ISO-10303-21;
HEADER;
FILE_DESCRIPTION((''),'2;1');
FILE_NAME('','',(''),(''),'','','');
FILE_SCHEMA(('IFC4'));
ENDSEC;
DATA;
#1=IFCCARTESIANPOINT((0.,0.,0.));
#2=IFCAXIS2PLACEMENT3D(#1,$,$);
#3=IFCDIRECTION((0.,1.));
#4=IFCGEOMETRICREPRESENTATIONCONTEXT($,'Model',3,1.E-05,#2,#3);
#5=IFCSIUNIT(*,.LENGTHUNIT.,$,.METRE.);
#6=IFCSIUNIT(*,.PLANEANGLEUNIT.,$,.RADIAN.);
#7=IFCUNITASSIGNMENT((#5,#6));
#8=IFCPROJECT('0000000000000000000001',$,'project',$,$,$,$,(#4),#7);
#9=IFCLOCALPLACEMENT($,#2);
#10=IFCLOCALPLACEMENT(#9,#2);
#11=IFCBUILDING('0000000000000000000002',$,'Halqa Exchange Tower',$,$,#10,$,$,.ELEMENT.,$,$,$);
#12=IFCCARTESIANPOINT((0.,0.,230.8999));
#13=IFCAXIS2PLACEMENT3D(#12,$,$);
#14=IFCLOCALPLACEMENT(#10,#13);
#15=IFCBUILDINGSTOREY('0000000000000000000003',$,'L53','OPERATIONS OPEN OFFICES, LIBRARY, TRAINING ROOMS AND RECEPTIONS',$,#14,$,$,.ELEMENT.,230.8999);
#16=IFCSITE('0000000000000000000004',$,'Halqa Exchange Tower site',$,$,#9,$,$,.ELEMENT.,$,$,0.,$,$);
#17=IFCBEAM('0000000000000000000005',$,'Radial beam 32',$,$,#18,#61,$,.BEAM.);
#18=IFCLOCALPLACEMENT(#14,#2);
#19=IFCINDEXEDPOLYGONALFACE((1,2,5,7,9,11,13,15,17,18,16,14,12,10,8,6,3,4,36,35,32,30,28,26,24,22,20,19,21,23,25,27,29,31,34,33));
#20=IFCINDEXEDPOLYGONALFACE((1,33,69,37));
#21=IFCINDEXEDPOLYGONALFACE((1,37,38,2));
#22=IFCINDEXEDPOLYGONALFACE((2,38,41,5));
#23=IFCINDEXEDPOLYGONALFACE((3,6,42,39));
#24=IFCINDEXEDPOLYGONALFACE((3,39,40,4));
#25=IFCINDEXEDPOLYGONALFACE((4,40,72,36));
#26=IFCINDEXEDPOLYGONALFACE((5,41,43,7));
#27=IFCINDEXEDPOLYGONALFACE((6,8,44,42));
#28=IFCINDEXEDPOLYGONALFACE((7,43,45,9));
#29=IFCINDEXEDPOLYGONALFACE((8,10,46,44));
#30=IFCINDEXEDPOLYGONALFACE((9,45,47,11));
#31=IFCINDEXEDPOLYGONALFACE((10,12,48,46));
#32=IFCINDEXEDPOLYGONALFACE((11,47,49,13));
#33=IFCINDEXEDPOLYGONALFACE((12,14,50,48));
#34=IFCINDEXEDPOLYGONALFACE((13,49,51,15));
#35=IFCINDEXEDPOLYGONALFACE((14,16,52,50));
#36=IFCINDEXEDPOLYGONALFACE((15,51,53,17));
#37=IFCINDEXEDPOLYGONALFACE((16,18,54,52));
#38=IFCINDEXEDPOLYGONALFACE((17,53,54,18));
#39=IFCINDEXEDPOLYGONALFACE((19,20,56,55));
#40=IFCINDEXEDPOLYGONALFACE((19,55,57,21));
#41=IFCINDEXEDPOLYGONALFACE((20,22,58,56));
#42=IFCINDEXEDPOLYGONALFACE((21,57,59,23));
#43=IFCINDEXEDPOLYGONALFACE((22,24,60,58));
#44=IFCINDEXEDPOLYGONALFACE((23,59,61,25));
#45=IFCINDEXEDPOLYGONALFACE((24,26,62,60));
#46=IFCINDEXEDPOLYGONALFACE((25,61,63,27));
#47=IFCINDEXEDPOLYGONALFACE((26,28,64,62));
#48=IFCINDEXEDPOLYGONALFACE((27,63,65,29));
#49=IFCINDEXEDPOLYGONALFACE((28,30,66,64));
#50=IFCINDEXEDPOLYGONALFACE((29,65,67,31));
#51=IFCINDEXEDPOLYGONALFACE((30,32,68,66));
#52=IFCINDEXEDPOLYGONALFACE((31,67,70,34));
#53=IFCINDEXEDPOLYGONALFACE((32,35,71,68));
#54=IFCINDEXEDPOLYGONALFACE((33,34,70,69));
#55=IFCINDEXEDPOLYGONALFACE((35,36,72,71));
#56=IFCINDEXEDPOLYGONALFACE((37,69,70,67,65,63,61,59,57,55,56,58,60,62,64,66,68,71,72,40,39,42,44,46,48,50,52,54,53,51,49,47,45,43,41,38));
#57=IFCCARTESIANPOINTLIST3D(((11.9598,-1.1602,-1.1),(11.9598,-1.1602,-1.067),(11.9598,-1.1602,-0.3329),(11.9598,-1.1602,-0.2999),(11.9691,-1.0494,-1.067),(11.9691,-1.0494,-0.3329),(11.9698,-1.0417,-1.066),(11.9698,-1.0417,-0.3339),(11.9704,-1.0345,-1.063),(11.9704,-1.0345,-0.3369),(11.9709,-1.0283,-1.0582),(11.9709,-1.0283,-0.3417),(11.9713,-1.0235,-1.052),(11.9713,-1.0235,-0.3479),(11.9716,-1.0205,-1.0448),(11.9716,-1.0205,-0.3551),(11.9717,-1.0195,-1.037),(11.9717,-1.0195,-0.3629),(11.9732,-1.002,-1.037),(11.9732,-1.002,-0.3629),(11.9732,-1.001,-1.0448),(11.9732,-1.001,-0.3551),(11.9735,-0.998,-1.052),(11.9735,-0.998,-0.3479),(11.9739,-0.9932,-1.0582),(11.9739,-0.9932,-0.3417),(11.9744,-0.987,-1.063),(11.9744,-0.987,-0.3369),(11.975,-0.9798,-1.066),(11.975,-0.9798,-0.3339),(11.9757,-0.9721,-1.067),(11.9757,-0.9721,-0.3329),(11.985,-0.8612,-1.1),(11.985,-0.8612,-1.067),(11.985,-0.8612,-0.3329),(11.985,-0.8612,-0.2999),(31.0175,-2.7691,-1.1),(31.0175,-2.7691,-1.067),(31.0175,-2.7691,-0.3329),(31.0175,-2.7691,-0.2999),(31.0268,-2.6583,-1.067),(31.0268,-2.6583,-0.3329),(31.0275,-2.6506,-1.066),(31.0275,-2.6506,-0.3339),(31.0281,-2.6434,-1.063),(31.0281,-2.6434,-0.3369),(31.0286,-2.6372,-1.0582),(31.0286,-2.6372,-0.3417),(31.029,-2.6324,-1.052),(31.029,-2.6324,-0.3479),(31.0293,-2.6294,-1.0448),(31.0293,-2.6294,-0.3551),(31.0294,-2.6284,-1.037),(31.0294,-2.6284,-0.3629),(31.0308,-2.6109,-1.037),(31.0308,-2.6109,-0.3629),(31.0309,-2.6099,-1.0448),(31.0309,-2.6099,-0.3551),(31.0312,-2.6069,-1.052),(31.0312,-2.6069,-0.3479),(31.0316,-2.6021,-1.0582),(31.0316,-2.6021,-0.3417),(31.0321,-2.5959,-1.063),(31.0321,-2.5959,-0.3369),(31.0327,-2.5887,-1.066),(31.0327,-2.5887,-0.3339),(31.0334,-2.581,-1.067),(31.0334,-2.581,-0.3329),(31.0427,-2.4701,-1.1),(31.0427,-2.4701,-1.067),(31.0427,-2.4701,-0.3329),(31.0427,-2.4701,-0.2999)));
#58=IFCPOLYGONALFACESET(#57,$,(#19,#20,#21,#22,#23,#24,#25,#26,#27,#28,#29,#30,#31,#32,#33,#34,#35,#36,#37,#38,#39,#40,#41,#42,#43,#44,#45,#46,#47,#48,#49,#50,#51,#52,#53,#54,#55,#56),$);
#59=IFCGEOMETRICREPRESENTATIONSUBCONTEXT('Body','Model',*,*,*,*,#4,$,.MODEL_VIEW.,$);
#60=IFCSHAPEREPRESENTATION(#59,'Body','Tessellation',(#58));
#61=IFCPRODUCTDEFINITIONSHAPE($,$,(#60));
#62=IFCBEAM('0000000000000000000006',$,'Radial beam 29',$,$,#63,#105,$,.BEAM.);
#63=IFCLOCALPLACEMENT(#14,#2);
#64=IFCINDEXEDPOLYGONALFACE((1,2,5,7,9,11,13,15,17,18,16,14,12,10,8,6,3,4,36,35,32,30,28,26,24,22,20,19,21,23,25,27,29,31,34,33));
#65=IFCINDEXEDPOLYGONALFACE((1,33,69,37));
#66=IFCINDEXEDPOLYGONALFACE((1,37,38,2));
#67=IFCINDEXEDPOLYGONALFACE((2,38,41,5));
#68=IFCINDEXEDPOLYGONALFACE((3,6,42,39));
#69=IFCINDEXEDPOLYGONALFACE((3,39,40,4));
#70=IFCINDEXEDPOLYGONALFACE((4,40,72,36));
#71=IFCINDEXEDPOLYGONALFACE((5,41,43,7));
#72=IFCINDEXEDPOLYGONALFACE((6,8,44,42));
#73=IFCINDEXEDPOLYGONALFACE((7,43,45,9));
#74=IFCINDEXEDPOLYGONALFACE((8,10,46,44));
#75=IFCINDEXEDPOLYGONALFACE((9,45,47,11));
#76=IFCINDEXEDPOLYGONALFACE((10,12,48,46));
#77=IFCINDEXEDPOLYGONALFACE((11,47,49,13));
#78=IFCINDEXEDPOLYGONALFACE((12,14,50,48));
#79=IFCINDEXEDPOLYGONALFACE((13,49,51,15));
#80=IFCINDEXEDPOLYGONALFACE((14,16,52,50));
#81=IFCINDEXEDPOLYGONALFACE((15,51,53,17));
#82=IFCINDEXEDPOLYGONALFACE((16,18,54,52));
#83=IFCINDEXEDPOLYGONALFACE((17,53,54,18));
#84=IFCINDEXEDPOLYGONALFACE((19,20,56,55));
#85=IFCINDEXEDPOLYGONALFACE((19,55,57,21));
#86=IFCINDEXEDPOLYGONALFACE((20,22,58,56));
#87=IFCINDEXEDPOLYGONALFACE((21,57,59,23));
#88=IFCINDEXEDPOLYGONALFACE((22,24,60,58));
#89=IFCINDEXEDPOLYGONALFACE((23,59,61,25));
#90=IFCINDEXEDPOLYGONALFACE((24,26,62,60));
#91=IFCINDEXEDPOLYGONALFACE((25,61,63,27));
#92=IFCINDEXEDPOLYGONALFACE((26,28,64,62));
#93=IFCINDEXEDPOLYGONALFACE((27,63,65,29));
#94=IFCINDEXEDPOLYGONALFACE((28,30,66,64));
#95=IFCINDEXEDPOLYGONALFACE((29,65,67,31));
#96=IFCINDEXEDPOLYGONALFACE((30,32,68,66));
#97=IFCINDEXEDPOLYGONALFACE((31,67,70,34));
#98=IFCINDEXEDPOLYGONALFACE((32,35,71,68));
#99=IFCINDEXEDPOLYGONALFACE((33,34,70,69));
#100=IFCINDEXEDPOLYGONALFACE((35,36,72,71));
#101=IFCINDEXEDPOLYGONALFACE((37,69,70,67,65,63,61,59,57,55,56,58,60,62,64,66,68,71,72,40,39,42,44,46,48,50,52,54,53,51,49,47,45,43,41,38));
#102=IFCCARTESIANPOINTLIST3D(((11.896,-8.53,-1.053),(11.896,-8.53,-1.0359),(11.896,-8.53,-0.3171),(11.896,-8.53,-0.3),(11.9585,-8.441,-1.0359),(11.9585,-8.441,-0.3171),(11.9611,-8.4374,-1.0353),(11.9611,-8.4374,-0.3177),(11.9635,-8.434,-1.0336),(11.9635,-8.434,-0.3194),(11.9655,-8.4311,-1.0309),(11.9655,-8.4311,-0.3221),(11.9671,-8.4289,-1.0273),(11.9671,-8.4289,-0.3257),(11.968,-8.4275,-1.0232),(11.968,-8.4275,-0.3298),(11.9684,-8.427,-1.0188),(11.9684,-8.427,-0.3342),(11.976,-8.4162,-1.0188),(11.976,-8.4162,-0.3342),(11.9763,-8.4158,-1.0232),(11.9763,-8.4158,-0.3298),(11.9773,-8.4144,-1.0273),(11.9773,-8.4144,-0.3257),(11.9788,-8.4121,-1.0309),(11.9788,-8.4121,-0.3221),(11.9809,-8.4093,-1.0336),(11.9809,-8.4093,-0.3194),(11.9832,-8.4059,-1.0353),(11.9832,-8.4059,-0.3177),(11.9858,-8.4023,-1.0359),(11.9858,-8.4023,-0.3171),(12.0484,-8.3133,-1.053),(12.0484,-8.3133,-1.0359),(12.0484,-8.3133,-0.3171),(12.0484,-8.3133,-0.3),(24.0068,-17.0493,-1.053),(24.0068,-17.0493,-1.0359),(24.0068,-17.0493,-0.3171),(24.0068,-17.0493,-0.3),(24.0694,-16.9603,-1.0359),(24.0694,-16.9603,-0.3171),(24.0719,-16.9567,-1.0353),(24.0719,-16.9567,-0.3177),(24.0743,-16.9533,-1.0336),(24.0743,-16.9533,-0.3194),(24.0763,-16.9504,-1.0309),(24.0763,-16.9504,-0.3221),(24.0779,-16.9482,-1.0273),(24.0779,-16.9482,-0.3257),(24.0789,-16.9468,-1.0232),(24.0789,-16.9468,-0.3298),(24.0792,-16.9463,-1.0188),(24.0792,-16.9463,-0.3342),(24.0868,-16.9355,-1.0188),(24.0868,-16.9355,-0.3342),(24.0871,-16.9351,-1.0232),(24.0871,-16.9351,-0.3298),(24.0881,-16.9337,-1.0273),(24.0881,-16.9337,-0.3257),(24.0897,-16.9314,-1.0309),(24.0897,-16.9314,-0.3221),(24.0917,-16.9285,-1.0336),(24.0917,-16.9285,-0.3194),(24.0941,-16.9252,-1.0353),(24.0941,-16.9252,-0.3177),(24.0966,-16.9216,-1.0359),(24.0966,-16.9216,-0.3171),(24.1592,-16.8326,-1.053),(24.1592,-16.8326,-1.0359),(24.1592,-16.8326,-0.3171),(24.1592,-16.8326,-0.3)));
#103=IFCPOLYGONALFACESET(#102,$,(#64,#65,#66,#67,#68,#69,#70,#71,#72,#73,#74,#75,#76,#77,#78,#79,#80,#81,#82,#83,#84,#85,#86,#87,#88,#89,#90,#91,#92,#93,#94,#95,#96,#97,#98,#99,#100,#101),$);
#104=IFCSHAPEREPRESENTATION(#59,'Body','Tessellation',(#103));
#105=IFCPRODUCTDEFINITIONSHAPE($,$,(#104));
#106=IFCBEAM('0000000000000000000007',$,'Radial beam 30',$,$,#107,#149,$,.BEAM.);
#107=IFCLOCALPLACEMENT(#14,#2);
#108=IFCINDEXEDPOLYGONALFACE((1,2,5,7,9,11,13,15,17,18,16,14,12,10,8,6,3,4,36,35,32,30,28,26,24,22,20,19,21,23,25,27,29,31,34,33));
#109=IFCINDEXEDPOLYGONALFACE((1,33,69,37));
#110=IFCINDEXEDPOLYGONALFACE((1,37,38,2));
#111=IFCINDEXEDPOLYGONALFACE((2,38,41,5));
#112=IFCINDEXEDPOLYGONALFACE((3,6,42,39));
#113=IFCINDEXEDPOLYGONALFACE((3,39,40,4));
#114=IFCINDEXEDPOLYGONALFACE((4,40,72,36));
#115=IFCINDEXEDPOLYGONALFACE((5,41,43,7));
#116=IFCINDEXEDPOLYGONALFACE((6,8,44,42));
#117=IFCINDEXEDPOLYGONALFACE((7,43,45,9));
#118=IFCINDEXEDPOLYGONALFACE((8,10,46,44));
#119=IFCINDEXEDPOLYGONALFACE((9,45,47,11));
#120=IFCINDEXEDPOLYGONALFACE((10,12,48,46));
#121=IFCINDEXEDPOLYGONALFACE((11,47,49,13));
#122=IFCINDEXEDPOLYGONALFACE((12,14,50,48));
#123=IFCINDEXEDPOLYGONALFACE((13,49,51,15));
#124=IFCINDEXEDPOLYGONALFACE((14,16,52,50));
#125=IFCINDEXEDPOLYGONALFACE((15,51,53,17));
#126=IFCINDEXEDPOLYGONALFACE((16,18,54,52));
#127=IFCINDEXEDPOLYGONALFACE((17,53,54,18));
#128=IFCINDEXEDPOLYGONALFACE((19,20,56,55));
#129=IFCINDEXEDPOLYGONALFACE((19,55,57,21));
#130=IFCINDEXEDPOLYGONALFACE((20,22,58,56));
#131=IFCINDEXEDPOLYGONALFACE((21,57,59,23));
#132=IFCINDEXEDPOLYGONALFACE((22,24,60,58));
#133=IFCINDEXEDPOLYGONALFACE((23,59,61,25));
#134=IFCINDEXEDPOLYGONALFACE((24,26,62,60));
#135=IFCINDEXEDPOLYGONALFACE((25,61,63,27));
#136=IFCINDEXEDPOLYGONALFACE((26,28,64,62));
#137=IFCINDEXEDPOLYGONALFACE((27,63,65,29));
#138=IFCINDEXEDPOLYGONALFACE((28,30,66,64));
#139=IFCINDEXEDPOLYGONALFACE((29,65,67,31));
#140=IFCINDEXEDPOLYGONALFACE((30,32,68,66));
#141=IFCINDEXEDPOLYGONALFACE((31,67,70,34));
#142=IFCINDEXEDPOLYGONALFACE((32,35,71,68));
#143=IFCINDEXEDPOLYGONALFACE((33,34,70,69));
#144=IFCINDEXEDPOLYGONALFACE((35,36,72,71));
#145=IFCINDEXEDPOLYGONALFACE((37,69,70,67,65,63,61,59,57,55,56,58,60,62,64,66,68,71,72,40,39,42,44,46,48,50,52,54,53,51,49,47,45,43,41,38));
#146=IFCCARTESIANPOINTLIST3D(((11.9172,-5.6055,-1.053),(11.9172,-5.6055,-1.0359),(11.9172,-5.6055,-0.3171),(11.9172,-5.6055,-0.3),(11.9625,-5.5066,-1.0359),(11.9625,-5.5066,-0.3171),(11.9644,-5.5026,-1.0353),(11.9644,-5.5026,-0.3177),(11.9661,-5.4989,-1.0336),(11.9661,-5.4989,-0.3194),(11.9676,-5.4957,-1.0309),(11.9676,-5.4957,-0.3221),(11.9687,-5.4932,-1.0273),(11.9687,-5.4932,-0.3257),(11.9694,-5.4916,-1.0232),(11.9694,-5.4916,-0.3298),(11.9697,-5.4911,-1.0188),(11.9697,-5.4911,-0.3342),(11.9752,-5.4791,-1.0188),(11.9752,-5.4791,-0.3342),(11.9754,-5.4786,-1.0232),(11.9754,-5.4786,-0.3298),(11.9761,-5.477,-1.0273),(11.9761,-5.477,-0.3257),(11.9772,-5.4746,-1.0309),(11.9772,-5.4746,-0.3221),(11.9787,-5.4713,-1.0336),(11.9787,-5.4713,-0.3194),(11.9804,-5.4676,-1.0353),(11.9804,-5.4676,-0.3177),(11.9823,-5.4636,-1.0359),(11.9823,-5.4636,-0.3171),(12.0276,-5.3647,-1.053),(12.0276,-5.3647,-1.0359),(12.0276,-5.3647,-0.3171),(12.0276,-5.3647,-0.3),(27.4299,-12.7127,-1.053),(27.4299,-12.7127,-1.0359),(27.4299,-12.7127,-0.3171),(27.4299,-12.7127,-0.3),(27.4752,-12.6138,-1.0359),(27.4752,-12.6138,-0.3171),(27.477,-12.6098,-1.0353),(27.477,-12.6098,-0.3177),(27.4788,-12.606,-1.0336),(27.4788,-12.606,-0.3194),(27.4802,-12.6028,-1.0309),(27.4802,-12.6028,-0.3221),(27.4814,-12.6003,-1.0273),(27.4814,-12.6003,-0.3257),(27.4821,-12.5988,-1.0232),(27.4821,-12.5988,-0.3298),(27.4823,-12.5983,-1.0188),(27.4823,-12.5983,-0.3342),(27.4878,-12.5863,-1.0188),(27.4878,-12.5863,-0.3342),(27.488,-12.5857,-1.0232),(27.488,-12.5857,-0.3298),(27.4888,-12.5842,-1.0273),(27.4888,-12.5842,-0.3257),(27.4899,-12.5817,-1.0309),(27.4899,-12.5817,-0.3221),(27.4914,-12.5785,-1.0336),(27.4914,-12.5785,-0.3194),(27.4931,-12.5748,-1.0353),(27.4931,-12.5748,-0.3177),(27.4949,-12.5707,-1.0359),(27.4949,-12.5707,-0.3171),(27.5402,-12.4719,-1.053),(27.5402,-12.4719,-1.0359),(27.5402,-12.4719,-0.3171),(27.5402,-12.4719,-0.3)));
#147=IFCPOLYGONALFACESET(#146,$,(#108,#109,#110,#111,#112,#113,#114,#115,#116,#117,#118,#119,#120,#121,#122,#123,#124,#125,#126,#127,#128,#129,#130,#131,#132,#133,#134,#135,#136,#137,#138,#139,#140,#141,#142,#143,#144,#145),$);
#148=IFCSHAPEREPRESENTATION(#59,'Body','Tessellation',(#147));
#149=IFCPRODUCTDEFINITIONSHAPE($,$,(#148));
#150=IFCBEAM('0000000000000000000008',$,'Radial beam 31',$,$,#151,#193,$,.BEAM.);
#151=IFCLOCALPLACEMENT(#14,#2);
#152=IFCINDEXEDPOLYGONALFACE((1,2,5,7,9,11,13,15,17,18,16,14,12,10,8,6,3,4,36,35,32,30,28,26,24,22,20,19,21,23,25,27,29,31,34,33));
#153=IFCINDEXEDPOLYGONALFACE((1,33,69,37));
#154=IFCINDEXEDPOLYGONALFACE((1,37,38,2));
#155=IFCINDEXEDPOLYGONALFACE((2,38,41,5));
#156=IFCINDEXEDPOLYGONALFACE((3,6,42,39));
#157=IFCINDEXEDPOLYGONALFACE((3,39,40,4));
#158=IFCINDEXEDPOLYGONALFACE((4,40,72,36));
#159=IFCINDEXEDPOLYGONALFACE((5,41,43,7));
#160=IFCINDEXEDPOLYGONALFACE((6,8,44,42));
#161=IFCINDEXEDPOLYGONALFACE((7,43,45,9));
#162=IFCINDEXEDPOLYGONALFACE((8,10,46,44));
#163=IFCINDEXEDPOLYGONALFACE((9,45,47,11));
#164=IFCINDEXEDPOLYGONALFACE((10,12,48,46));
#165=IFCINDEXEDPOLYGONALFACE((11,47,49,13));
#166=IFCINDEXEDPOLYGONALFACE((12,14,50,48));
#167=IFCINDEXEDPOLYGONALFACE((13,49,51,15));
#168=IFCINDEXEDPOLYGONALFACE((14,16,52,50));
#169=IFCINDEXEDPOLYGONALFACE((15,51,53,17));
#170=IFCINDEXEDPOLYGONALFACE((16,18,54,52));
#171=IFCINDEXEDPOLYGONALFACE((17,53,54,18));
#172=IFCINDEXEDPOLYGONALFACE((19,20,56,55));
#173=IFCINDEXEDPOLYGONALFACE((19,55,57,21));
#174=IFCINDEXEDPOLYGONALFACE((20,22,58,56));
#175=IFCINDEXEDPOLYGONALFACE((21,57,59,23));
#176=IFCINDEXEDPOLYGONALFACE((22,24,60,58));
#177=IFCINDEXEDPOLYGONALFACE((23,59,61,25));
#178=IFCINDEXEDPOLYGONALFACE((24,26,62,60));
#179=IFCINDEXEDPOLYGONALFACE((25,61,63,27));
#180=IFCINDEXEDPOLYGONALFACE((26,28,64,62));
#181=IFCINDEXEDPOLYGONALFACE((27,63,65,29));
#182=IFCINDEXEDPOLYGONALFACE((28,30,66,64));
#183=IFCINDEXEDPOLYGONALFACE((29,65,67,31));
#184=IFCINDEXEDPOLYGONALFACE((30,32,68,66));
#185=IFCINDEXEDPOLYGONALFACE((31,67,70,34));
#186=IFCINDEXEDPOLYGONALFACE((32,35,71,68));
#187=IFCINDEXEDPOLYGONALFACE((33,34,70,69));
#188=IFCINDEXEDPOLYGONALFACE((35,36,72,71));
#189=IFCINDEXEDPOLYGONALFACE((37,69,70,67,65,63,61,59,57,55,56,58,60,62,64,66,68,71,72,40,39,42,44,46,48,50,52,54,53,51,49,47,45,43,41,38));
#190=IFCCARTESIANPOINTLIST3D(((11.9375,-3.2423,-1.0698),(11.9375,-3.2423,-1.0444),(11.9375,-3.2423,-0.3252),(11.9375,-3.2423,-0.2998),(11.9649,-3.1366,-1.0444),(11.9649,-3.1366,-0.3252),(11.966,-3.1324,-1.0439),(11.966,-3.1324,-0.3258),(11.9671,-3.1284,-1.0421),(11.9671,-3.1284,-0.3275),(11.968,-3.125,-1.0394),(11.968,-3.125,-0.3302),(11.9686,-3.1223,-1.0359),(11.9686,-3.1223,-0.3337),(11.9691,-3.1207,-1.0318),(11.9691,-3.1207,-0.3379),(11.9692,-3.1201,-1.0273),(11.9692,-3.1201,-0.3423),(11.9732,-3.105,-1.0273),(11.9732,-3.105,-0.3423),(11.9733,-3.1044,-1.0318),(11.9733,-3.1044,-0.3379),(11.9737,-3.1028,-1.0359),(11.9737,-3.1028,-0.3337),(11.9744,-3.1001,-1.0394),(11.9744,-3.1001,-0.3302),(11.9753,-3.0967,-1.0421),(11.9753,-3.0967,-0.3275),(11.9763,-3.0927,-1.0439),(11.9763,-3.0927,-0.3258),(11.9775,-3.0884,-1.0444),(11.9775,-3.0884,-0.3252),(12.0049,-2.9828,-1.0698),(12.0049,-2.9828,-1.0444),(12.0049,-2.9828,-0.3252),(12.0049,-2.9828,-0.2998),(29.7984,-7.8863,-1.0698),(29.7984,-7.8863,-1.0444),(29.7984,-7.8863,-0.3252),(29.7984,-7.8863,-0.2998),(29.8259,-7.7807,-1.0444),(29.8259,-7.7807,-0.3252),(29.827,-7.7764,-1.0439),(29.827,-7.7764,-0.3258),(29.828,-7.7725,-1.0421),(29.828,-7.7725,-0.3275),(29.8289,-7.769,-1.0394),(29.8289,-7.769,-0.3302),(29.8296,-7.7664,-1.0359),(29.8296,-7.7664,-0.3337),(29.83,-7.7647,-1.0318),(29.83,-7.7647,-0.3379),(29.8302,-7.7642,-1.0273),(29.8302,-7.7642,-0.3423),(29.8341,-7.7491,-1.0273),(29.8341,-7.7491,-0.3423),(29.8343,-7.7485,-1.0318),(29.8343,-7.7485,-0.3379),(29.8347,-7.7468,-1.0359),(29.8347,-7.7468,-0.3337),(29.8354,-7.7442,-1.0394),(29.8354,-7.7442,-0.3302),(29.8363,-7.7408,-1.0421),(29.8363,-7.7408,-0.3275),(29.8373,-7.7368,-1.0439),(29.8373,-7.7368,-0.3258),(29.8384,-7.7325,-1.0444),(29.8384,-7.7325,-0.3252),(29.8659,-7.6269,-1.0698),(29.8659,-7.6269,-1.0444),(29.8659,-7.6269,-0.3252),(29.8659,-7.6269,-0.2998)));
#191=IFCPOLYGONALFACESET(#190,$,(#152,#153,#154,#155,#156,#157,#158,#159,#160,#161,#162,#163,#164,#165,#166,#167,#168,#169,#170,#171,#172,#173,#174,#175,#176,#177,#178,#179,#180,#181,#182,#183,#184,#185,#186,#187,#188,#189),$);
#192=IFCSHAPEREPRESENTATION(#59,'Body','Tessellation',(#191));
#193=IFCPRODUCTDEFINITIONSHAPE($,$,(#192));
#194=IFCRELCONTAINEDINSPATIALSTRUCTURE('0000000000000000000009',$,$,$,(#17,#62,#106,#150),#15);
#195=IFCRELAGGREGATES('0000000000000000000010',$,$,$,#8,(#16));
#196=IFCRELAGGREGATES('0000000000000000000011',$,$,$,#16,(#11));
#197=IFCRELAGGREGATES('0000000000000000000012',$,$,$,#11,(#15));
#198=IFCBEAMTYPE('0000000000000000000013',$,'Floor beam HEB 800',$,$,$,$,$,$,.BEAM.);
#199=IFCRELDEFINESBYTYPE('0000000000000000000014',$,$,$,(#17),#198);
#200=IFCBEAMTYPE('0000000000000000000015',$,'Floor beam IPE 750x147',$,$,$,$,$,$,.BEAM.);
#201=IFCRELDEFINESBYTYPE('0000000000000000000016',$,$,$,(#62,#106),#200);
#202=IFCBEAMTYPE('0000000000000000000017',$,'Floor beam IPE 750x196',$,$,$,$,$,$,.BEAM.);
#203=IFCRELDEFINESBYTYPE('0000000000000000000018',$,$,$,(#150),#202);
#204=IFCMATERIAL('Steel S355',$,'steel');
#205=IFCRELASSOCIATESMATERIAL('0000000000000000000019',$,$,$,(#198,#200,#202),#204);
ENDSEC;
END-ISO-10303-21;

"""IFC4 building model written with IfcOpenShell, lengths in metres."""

from ifc_helpers import new_model, si_unit, direction, frame, origin, origin_2d, place, context, subcontext, project, spatial, i_section, extrude, material, material_profile, profile_set, type_object, element, save


model = new_model("IFC4")

# Units and contexts
model_context = context("Model", 3, precision=1e-05, world=origin(), true_north=direction((0.0, 1.0)))
body_context = subcontext(model_context, "Body", "Model", "MODEL_VIEW")
ifc_project = project(units=[si_unit("LENGTHUNIT", "METRE"), si_unit("PLANEANGLEUNIT", "RADIAN")], contexts=[model_context])

# Site, building, storey
site_placement = place(None, origin())
site = spatial("IfcSite", under=ifc_project, at=site_placement, Name="Halqa Exchange Tower site", CompositionType="ELEMENT", RefElevation=0.0)
building_placement = place(site_placement, origin())
building = spatial("IfcBuilding", under=site, at=building_placement, Name="Halqa Exchange Tower", CompositionType="ELEMENT")
storey_placement = place(building_placement, frame((0.0, 0.0, 230.8999)))
storey = spatial("IfcBuildingStorey", under=building, at=storey_placement, Name="L53", Description="OPERATIONS OPEN OFFICES, LIBRARY, TRAINING ROOMS AND RECEPTIONS", CompositionType="ELEMENT", Elevation=230.8999)

# Beams
ifc_material_1 = material(Name="Steel S355", Category="steel")
ifc_material_profile_1 = material_profile(ifc_material_1, i_section(OverallWidth=0.3, OverallDepth=0.8, WebThickness=0.0176, FlangeThickness=0.033, FilletRadius=0.03, at=origin_2d()), Name="HEB 800")
ifc_profile_set_1 = profile_set([ifc_material_profile_1], Name="Steel S355")
beam_type_1 = type_object("IfcBeamType", Name="Floor beam HEB 800", PredefinedType="BEAM", material=ifc_profile_set_1)
beam_1_placement = place(storey_placement, frame((11.9724, -1.0107, -0.7), z_axis=(0.996455, -0.084123, 0.0), x_axis=(0.084123, 0.996455, 0.0)))
element("IfcBeam", 1, at=beam_1_placement, inside=storey, type_object=beam_type_1, Name="Radial beam 32", PredefinedType="BEAM", context=body_context, shape_type="SweptSolid", body=[
    extrude(i_section(OverallWidth=0.3, OverallDepth=0.8, WebThickness=0.0176, FlangeThickness=0.033, FilletRadius=0.03, at=origin_2d()), origin(), (0.0, 0.0, 1.0), 19.1255),
])
ifc_material_profile_2 = material_profile(ifc_material_1, i_section(OverallWidth=0.2649, OverallDepth=0.7529, WebThickness=0.0132, FlangeThickness=0.0171, FilletRadius=0.0171, at=origin_2d()), Name="IPE 750x147")
ifc_profile_set_2 = profile_set([ifc_material_profile_2], Name="Steel S355")
beam_type_2 = type_object("IfcBeamType", Name="Floor beam IPE 750x147", PredefinedType="BEAM", material=ifc_profile_set_2)
beam_2_placement = place(storey_placement, frame((11.9722, -8.4216, -0.6765), z_axis=(0.817907, -0.575351, 0.0), x_axis=(0.575351, 0.817907, 0.0)))
element("IfcBeam", 2, at=beam_2_placement, inside=storey, type_object=beam_type_2, Name="Radial beam 29", PredefinedType="BEAM", context=body_context, shape_type="SweptSolid", body=[
    extrude(i_section(OverallWidth=0.2649, OverallDepth=0.7529, WebThickness=0.0132, FlangeThickness=0.0171, FilletRadius=0.0171, at=origin_2d()), origin(), (0.0, 0.0, 1.0), 14.8071),
])
beam_3_placement = place(storey_placement, frame((11.9724, -5.4851, -0.6765), z_axis=(0.909127, -0.416519, 0.0), x_axis=(0.416519, 0.909127, 0.0)))
element("IfcBeam", 3, at=beam_3_placement, inside=storey, type_object=beam_type_2, Name="Radial beam 30", PredefinedType="BEAM", context=body_context, shape_type="SweptSolid", body=[
    extrude(i_section(OverallWidth=0.2649, OverallDepth=0.7529, WebThickness=0.0132, FlangeThickness=0.0171, FilletRadius=0.0171, at=origin_2d()), origin(), (0.0, 0.0, 1.0), 17.0632),
])
ifc_material_profile_3 = material_profile(ifc_material_1, i_section(OverallWidth=0.2681, OverallDepth=0.77, WebThickness=0.0156, FlangeThickness=0.0254, FilletRadius=0.0171, at=origin_2d()), Name="IPE 750x196")
ifc_profile_set_3 = profile_set([ifc_material_profile_3], Name="Steel S355")
beam_type_3 = type_object("IfcBeamType", Name="Floor beam IPE 750x196", PredefinedType="BEAM", material=ifc_profile_set_3)
beam_4_placement = place(storey_placement, frame((11.9712, -3.1125, -0.6848), z_axis=(0.96782, -0.251645, 0.0), x_axis=(0.251645, 0.96782, 0.0)))
element("IfcBeam", 4, at=beam_4_placement, inside=storey, type_object=beam_type_3, Name="Radial beam 31", PredefinedType="BEAM", context=body_context, shape_type="SweptSolid", body=[
    extrude(i_section(OverallWidth=0.2681, OverallDepth=0.77, WebThickness=0.0156, FlangeThickness=0.0254, FilletRadius=0.0171, at=origin_2d()), origin(), (0.0, 0.0, 1.0), 18.4548),
])

save(model, "model.ifc")
